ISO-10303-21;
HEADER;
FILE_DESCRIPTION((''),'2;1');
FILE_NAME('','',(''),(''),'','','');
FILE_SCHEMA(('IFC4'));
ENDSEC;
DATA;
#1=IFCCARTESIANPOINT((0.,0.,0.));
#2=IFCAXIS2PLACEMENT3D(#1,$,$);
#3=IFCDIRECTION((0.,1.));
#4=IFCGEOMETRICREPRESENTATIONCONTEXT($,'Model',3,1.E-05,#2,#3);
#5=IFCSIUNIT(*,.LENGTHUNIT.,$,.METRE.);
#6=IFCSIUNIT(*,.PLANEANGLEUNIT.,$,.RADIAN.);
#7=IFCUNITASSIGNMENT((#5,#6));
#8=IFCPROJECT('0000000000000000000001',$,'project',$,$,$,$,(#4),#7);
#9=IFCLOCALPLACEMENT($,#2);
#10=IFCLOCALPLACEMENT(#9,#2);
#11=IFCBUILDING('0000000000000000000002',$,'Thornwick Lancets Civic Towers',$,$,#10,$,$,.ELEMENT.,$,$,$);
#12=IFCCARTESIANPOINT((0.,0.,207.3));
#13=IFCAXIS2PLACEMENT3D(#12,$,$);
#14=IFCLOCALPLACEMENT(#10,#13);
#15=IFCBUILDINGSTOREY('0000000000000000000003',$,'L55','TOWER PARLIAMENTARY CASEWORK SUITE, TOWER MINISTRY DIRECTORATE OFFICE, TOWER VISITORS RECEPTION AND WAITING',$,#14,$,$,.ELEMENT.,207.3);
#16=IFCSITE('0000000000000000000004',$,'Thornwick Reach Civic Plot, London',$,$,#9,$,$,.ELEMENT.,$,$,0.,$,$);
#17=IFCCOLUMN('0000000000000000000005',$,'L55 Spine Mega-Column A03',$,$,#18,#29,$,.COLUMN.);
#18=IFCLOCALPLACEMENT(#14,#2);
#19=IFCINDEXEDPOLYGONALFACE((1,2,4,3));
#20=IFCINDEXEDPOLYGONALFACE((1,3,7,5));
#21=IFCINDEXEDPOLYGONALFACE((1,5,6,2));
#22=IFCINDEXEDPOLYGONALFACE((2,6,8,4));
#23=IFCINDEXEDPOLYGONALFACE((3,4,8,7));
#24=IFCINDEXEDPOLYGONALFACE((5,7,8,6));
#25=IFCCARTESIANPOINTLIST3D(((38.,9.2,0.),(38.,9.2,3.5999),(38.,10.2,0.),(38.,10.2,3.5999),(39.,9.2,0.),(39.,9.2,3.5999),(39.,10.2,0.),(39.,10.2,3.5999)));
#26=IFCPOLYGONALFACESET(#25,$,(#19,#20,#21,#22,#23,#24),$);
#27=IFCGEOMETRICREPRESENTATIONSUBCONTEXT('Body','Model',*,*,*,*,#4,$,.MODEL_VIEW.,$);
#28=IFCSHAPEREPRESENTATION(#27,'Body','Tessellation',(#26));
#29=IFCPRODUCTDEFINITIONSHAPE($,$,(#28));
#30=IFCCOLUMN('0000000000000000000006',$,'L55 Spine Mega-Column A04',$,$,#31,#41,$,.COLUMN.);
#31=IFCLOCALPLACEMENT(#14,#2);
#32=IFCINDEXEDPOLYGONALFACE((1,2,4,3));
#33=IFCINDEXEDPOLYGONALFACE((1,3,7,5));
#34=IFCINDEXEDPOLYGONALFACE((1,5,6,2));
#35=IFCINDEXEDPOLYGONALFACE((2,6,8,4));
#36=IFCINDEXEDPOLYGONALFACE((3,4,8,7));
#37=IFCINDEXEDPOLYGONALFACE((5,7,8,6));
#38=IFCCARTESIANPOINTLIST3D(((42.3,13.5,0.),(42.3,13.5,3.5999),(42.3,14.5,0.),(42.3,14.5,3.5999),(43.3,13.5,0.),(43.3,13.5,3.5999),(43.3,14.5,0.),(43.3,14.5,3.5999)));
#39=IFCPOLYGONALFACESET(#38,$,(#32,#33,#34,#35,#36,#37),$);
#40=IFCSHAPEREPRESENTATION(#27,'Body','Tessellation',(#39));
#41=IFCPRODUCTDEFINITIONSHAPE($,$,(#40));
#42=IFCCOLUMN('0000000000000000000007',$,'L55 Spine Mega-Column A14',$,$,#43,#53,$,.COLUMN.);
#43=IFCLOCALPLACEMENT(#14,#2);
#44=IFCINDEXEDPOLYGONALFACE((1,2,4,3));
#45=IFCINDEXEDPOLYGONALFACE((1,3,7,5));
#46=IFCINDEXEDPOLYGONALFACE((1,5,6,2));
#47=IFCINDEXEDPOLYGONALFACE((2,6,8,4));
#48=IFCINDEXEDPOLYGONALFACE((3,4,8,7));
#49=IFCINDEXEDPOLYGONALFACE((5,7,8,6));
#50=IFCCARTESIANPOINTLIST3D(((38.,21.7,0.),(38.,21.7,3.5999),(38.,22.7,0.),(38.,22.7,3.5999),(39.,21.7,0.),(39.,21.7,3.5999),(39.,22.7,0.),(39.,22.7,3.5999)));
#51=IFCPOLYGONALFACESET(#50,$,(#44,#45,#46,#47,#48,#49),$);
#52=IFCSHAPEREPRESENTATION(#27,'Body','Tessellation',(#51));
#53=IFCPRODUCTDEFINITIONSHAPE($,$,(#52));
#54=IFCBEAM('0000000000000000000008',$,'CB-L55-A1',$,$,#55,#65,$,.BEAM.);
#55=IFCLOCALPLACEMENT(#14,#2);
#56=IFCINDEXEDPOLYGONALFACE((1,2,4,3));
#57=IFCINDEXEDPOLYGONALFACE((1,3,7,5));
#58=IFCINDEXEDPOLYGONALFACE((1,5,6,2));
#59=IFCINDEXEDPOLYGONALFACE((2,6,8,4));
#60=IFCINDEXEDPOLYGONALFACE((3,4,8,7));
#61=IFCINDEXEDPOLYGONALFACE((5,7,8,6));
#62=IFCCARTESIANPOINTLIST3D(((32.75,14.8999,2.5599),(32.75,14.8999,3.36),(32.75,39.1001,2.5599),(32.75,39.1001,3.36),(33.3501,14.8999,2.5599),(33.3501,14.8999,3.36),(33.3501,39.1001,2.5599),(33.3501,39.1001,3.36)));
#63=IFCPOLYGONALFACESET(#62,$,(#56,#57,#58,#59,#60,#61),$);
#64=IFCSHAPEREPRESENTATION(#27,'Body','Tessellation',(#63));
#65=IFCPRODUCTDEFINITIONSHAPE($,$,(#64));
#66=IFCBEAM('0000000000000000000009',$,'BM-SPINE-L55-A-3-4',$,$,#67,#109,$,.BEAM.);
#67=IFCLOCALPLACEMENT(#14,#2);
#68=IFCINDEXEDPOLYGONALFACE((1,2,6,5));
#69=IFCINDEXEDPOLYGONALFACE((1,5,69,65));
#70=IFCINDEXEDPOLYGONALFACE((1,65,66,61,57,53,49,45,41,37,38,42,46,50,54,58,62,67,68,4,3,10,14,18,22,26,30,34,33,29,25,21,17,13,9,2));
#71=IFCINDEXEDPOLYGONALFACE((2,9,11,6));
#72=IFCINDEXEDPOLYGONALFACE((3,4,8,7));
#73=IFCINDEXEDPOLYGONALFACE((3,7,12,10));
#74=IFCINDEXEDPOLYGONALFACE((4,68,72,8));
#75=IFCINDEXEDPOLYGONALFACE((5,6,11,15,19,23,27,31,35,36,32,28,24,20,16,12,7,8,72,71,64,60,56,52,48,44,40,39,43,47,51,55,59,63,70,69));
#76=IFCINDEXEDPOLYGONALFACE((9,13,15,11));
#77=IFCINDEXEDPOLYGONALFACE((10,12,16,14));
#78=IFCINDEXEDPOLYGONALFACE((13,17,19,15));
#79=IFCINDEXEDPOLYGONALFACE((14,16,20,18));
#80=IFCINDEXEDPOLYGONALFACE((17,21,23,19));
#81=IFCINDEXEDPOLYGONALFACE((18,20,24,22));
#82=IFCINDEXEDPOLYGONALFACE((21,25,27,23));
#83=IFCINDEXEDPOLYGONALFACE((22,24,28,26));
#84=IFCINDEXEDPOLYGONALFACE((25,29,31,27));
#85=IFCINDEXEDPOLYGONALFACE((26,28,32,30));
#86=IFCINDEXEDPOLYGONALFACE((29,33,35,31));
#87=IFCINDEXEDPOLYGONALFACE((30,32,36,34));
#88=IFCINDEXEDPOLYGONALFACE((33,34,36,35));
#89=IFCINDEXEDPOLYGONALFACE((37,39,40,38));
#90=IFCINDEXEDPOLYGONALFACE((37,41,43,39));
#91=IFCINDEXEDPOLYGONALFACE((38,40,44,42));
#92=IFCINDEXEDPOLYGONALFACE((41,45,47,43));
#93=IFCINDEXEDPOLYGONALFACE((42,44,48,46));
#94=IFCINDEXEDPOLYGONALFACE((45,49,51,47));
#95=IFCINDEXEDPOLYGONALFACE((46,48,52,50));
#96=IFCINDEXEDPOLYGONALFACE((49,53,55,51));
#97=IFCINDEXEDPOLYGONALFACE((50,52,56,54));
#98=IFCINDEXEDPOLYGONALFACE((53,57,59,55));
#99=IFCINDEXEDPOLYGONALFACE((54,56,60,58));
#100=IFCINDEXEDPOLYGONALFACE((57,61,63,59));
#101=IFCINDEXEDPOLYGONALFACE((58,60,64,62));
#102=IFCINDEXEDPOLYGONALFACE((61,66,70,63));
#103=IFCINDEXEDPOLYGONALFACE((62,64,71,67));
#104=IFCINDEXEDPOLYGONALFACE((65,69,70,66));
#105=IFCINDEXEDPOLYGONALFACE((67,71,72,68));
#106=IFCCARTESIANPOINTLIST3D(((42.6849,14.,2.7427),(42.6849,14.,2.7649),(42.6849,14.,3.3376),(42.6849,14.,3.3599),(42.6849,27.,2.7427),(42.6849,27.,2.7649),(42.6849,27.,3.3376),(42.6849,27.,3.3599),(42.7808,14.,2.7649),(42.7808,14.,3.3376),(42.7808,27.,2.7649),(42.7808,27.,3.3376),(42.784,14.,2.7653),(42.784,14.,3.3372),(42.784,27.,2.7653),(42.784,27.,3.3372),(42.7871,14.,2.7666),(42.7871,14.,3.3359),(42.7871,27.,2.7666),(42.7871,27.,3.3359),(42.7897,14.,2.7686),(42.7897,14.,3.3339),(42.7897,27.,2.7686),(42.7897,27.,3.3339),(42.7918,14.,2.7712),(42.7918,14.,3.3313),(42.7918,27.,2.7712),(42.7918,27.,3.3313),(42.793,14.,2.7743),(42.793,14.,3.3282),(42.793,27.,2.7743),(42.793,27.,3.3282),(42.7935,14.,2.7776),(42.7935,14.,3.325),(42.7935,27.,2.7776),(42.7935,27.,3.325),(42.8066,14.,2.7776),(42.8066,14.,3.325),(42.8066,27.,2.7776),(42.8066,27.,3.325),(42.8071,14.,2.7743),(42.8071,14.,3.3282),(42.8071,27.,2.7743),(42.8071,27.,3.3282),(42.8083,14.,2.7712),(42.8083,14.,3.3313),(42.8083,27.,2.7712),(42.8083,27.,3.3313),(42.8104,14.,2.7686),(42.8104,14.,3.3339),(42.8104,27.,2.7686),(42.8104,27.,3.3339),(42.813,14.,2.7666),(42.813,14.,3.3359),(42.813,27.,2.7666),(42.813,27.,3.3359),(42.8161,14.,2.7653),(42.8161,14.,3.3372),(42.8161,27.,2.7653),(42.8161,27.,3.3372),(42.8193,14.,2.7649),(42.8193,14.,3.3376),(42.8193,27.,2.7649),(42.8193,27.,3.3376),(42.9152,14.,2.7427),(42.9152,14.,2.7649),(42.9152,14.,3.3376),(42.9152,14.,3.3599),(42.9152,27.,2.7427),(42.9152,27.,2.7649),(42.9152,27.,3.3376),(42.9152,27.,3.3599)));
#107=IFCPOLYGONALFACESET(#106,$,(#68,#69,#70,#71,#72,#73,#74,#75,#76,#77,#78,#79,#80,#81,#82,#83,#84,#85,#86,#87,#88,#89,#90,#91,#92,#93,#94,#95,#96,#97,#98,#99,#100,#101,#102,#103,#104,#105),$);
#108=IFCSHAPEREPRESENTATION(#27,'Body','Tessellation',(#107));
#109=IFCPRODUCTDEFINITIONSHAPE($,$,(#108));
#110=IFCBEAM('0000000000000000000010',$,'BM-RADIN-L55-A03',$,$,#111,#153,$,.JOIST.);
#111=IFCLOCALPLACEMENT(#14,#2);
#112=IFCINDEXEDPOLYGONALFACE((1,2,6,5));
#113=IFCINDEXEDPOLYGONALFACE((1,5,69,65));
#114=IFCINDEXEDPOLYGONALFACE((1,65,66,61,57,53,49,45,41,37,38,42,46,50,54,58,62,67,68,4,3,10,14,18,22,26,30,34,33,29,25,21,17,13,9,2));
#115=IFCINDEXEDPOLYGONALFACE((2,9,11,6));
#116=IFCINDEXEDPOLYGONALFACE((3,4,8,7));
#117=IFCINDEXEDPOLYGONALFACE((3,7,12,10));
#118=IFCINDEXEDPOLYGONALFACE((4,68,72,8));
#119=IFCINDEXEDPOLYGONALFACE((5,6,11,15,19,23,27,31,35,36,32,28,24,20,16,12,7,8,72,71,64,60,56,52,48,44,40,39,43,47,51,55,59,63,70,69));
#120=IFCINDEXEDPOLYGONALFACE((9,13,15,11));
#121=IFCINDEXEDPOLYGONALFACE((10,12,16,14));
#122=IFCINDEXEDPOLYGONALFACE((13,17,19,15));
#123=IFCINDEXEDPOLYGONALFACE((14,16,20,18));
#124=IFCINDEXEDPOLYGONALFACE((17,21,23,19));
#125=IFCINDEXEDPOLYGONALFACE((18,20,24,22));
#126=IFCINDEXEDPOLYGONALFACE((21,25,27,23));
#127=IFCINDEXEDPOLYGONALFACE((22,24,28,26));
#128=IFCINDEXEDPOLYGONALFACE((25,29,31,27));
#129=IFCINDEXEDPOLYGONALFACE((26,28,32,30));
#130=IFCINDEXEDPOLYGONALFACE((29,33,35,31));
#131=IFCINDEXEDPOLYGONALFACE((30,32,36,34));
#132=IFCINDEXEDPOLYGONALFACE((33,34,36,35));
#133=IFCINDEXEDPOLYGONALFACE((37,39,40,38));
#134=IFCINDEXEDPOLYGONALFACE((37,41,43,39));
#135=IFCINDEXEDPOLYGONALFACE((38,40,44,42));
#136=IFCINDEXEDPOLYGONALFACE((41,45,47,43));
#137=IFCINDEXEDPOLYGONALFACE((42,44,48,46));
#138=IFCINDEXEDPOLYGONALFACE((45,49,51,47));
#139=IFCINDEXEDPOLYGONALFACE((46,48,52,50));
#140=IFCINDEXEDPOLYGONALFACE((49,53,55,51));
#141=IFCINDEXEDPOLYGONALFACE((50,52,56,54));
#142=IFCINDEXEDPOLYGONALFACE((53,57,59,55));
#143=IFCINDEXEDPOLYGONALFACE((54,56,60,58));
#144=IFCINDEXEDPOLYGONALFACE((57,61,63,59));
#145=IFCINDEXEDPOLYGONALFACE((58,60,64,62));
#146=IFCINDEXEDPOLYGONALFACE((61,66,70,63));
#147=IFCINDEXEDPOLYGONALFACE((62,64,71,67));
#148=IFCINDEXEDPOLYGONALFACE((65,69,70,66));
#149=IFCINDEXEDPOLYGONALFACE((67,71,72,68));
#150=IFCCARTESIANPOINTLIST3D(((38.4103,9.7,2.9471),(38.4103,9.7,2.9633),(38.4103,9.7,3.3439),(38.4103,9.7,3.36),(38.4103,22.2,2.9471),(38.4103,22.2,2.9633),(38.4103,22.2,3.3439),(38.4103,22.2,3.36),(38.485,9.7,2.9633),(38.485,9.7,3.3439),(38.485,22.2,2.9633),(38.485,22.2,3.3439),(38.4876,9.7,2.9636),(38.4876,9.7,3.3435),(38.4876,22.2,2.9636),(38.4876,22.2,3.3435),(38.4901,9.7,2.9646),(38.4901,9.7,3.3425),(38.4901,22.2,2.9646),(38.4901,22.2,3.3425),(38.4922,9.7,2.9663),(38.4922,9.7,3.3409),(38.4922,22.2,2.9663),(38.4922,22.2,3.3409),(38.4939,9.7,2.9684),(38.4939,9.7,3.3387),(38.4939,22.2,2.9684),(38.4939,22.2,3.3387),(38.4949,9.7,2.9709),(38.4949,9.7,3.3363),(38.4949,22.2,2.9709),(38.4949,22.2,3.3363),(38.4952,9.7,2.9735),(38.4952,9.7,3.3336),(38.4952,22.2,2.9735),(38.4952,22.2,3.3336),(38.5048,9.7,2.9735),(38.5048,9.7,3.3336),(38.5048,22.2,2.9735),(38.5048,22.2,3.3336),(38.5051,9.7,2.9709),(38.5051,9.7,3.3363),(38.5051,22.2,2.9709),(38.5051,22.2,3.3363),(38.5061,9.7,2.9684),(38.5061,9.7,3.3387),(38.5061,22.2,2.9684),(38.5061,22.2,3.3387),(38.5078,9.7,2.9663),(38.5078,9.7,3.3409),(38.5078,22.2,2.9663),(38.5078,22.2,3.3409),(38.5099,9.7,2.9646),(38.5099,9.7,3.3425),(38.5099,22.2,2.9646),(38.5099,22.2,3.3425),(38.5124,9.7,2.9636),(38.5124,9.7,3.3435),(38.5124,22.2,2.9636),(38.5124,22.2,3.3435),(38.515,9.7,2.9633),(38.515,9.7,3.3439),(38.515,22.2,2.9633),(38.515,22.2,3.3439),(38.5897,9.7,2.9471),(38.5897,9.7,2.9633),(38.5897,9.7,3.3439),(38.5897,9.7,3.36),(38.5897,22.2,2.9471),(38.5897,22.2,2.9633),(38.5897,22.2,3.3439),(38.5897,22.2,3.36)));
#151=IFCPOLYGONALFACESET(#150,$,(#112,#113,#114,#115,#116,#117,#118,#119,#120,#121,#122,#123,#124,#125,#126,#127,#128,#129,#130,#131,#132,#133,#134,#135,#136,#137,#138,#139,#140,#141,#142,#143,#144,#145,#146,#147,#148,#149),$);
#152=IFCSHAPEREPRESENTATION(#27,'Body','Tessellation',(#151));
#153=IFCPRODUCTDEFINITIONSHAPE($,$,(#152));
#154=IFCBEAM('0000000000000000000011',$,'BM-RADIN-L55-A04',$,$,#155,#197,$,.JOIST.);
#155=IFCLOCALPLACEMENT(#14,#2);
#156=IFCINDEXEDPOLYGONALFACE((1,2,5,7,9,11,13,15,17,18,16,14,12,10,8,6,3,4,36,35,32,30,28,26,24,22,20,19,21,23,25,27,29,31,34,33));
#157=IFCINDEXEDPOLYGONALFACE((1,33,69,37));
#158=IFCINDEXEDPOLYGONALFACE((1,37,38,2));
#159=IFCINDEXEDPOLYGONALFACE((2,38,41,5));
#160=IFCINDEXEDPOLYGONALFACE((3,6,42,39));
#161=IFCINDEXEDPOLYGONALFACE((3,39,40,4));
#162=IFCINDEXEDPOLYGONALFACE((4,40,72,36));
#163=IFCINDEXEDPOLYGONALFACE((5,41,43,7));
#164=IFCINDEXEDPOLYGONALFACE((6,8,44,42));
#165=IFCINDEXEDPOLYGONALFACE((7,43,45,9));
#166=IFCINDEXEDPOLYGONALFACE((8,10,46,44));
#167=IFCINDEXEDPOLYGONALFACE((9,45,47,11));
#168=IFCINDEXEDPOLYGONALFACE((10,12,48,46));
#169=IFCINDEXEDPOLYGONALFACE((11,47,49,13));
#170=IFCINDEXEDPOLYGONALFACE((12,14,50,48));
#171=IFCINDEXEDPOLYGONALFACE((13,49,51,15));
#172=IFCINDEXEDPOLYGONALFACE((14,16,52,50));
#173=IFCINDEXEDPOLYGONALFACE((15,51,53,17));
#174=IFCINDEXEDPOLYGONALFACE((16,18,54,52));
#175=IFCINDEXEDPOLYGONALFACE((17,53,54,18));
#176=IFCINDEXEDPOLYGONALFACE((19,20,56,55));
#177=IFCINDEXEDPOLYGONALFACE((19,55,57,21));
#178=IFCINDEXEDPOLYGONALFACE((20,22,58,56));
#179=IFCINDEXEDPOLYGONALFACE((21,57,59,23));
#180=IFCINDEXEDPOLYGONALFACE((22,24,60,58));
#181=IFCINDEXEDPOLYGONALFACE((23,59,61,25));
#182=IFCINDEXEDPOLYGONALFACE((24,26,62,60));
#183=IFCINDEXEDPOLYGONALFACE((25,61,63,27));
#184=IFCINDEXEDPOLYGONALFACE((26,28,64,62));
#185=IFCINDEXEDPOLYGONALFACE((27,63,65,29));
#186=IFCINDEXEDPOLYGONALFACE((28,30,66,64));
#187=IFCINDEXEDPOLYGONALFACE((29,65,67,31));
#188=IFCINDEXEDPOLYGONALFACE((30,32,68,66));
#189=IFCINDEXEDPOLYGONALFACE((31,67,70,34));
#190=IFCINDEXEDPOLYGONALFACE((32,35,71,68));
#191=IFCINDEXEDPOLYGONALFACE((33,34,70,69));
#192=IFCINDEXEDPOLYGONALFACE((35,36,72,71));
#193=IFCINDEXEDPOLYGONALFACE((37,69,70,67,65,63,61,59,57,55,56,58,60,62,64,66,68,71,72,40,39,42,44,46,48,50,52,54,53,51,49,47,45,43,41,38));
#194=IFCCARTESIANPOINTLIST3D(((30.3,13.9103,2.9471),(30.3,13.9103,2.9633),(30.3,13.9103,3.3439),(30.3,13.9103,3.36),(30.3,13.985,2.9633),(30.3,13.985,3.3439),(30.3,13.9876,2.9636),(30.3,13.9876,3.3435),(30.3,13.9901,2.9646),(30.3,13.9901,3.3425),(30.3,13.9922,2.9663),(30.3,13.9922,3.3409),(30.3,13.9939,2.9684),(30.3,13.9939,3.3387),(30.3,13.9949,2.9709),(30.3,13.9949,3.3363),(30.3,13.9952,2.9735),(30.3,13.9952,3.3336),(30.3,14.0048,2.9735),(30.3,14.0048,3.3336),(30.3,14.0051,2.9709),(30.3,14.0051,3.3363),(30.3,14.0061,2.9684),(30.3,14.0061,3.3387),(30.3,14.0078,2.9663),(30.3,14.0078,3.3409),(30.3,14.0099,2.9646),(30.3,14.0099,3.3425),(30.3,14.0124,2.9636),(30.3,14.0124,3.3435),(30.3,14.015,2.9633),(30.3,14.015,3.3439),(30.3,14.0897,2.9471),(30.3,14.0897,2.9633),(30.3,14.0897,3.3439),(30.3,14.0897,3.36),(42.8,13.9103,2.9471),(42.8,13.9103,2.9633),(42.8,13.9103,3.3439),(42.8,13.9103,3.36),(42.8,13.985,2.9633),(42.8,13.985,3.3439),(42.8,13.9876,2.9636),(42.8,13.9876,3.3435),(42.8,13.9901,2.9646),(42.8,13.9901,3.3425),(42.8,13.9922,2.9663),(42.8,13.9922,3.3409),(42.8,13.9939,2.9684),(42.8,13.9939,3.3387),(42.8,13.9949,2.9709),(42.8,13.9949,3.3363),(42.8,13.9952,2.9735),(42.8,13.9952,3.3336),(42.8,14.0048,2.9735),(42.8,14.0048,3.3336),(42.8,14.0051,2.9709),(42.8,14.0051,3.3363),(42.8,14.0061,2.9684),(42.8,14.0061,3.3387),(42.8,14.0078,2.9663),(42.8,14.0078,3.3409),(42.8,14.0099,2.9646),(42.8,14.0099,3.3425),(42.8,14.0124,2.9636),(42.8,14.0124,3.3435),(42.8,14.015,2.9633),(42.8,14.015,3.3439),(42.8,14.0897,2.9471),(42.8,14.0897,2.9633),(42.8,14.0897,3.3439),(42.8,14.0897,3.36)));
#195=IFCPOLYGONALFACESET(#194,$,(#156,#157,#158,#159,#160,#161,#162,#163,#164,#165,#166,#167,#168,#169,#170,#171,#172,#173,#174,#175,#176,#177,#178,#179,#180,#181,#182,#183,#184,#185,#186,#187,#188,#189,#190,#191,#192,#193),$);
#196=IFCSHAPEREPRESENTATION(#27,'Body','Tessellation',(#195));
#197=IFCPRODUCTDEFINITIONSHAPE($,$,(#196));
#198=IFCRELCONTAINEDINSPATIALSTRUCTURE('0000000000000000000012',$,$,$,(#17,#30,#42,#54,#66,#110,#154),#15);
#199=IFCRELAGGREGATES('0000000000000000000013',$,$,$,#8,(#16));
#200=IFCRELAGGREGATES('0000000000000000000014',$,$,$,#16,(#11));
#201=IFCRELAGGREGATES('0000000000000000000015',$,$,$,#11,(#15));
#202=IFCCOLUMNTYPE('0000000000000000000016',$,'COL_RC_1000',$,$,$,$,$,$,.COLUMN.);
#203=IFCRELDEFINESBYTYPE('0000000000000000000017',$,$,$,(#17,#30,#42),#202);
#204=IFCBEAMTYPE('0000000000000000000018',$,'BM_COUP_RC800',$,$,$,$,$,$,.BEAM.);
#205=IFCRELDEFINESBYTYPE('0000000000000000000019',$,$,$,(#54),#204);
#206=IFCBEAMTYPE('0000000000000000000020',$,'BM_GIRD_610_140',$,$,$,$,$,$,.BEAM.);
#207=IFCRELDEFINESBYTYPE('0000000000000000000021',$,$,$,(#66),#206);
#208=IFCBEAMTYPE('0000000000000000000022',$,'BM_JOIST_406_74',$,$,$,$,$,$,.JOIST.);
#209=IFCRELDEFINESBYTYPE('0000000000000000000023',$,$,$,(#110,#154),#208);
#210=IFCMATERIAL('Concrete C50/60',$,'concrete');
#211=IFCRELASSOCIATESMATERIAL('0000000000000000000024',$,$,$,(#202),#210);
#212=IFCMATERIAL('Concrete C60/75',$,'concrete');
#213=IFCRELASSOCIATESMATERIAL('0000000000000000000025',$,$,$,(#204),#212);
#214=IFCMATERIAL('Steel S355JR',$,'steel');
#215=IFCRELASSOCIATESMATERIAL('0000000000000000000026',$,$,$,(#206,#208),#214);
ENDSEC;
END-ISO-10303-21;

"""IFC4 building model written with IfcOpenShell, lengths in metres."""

from ifc_helpers import new_model, si_unit, direction, frame, origin, origin_2d, place, context, subcontext, project, spatial, rectangle, i_section, extrude, material, material_profile, profile_set, type_object, element, save


model = new_model("IFC4")

# Units and contexts
model_context = context("Model", 3, precision=1e-05, world=origin(), true_north=direction((0.0, 1.0)))
body_context = subcontext(model_context, "Body", "Model", "MODEL_VIEW")
ifc_project = project(units=[si_unit("LENGTHUNIT", "METRE"), si_unit("PLANEANGLEUNIT", "RADIAN")], contexts=[model_context])

# Site, building, storey
site_placement = place(None, origin())
site = spatial("IfcSite", under=ifc_project, at=site_placement, Name="Thornwick Reach Civic Plot, London", CompositionType="ELEMENT", RefElevation=0.0)
building_placement = place(site_placement, origin())
building = spatial("IfcBuilding", under=site, at=building_placement, Name="Thornwick Lancets Civic Towers", CompositionType="ELEMENT")
storey_placement = place(building_placement, frame((0.0, 0.0, 207.3)))
storey = spatial("IfcBuildingStorey", under=building, at=storey_placement, Name="L55", Description="TOWER PARLIAMENTARY CASEWORK SUITE, TOWER MINISTRY DIRECTORATE OFFICE, TOWER VISITORS RECEPTION AND WAITING", CompositionType="ELEMENT", Elevation=207.3)

# Columns
ifc_material_1 = material(Name="Concrete C50/60", Category="concrete")
ifc_material_profile_1 = material_profile(ifc_material_1, rectangle(XDim=1.0, YDim=1.0, at=origin_2d()), Name="RC 1000x1000")
ifc_profile_set_1 = profile_set([ifc_material_profile_1], Name="Concrete C50/60")
column_type = type_object("IfcColumnType", Name="COL_RC_1000", PredefinedType="COLUMN", material=ifc_profile_set_1)
for number, where, z_axis, x_axis, name in (
    (1, (38.5, 9.7, 0.0), (0.0, 0.0, 1.0), (1.0, 0.0, 0.0), "L55 Spine Mega-Column A03"),
    (2, (42.8, 14.0, 0.0), (0.0, 0.0, 1.0), (1.0, 0.0, 0.0), "L55 Spine Mega-Column A04"),
    (3, (38.5, 22.2, 0.0), (0.0, 0.0, 1.0), (1.0, 0.0, 0.0), "L55 Spine Mega-Column A14"),
):
    element("IfcColumn", number, at=place(storey_placement, frame(where, z_axis=z_axis, x_axis=x_axis)), inside=storey, type_object=column_type, Name=name, PredefinedType="COLUMN", context=body_context, shape_type="SweptSolid", body=[
        extrude(rectangle(XDim=1.0, YDim=1.0, at=origin_2d()), origin(), (0.0, 0.0, 1.0), 3.5999),
    ])

# Beams
ifc_material_2 = material(Name="Concrete C60/75", Category="concrete")
ifc_material_profile_2 = material_profile(ifc_material_2, rectangle(XDim=0.6001, YDim=0.8, at=origin_2d()), Name="RC 600x800")
ifc_profile_set_2 = profile_set([ifc_material_profile_2], Name="Concrete C60/75")
beam_type_1 = type_object("IfcBeamType", Name="BM_COUP_RC800", PredefinedType="BEAM", material=ifc_profile_set_2)
beam_1_placement = place(storey_placement, frame((33.05, 14.8999, 2.96), z_axis=(0.0, 1.0, 0.0), x_axis=(-1.0, 0.0, 0.0)))
element("IfcBeam", 4, at=beam_1_placement, inside=storey, type_object=beam_type_1, Name="CB-L55-A1", PredefinedType="BEAM", context=body_context, shape_type="SweptSolid", body=[
    extrude(rectangle(XDim=0.6001, YDim=0.8, at=origin_2d()), origin(), (0.0, 0.0, 1.0), 24.2002),
])
ifc_material_3 = material(Name="Steel S355JR", Category="steel")
ifc_material_profile_3 = material_profile(ifc_material_3, i_section(OverallWidth=0.2302, OverallDepth=0.6172, WebThickness=0.0132, FlangeThickness=0.0222, FilletRadius=0.0127, at=origin_2d()), Name="UKB 610x229x140")
ifc_profile_set_3 = profile_set([ifc_material_profile_3], Name="Steel S355JR")
beam_type_2 = type_object("IfcBeamType", Name="BM_GIRD_610_140", PredefinedType="BEAM", material=ifc_profile_set_3)
beam_2_placement = place(storey_placement, frame((42.8, 14.0, 3.0513), z_axis=(0.0, 1.0, 0.0), x_axis=(-1.0, 0.0, 0.0)))
element("IfcBeam", 5, at=beam_2_placement, inside=storey, type_object=beam_type_2, Name="BM-SPINE-L55-A-3-4", PredefinedType="BEAM", context=body_context, shape_type="SweptSolid", body=[
    extrude(i_section(OverallWidth=0.2302, OverallDepth=0.6172, WebThickness=0.0132, FlangeThickness=0.0222, FilletRadius=0.0127, at=origin_2d()), origin(), (0.0, 0.0, 1.0), 13.0),
])
ifc_material_profile_4 = material_profile(ifc_material_3, i_section(OverallWidth=0.1794, OverallDepth=0.4128, WebThickness=0.0095, FlangeThickness=0.0161, FilletRadius=0.0103, at=origin_2d()), Name="UKB 406x178x74")
ifc_profile_set_4 = profile_set([ifc_material_profile_4], Name="Steel S355JR")
beam_type_3 = type_object("IfcBeamType", Name="BM_JOIST_406_74", PredefinedType="JOIST", material=ifc_profile_set_4)
for number, where, z_axis, x_axis, name in (
    (6, (38.5, 22.2, 3.1536), (0.0, -1.0, 0.0), (1.0, 0.0, 0.0), "BM-RADIN-L55-A03"),
    (7, (30.3, 14.0, 3.1536), (1.0, 0.0, 0.0), (0.0, 1.0, 0.0), "BM-RADIN-L55-A04"),
):
    element("IfcBeam", number, at=place(storey_placement, frame(where, z_axis=z_axis, x_axis=x_axis)), inside=storey, type_object=beam_type_3, Name=name, PredefinedType="JOIST", context=body_context, shape_type="SweptSolid", body=[
        extrude(i_section(OverallWidth=0.1794, OverallDepth=0.4128, WebThickness=0.0095, FlangeThickness=0.0161, FilletRadius=0.0103, at=origin_2d()), origin(), (0.0, 0.0, 1.0), 12.5),
    ])

save(model, "model.ifc")
